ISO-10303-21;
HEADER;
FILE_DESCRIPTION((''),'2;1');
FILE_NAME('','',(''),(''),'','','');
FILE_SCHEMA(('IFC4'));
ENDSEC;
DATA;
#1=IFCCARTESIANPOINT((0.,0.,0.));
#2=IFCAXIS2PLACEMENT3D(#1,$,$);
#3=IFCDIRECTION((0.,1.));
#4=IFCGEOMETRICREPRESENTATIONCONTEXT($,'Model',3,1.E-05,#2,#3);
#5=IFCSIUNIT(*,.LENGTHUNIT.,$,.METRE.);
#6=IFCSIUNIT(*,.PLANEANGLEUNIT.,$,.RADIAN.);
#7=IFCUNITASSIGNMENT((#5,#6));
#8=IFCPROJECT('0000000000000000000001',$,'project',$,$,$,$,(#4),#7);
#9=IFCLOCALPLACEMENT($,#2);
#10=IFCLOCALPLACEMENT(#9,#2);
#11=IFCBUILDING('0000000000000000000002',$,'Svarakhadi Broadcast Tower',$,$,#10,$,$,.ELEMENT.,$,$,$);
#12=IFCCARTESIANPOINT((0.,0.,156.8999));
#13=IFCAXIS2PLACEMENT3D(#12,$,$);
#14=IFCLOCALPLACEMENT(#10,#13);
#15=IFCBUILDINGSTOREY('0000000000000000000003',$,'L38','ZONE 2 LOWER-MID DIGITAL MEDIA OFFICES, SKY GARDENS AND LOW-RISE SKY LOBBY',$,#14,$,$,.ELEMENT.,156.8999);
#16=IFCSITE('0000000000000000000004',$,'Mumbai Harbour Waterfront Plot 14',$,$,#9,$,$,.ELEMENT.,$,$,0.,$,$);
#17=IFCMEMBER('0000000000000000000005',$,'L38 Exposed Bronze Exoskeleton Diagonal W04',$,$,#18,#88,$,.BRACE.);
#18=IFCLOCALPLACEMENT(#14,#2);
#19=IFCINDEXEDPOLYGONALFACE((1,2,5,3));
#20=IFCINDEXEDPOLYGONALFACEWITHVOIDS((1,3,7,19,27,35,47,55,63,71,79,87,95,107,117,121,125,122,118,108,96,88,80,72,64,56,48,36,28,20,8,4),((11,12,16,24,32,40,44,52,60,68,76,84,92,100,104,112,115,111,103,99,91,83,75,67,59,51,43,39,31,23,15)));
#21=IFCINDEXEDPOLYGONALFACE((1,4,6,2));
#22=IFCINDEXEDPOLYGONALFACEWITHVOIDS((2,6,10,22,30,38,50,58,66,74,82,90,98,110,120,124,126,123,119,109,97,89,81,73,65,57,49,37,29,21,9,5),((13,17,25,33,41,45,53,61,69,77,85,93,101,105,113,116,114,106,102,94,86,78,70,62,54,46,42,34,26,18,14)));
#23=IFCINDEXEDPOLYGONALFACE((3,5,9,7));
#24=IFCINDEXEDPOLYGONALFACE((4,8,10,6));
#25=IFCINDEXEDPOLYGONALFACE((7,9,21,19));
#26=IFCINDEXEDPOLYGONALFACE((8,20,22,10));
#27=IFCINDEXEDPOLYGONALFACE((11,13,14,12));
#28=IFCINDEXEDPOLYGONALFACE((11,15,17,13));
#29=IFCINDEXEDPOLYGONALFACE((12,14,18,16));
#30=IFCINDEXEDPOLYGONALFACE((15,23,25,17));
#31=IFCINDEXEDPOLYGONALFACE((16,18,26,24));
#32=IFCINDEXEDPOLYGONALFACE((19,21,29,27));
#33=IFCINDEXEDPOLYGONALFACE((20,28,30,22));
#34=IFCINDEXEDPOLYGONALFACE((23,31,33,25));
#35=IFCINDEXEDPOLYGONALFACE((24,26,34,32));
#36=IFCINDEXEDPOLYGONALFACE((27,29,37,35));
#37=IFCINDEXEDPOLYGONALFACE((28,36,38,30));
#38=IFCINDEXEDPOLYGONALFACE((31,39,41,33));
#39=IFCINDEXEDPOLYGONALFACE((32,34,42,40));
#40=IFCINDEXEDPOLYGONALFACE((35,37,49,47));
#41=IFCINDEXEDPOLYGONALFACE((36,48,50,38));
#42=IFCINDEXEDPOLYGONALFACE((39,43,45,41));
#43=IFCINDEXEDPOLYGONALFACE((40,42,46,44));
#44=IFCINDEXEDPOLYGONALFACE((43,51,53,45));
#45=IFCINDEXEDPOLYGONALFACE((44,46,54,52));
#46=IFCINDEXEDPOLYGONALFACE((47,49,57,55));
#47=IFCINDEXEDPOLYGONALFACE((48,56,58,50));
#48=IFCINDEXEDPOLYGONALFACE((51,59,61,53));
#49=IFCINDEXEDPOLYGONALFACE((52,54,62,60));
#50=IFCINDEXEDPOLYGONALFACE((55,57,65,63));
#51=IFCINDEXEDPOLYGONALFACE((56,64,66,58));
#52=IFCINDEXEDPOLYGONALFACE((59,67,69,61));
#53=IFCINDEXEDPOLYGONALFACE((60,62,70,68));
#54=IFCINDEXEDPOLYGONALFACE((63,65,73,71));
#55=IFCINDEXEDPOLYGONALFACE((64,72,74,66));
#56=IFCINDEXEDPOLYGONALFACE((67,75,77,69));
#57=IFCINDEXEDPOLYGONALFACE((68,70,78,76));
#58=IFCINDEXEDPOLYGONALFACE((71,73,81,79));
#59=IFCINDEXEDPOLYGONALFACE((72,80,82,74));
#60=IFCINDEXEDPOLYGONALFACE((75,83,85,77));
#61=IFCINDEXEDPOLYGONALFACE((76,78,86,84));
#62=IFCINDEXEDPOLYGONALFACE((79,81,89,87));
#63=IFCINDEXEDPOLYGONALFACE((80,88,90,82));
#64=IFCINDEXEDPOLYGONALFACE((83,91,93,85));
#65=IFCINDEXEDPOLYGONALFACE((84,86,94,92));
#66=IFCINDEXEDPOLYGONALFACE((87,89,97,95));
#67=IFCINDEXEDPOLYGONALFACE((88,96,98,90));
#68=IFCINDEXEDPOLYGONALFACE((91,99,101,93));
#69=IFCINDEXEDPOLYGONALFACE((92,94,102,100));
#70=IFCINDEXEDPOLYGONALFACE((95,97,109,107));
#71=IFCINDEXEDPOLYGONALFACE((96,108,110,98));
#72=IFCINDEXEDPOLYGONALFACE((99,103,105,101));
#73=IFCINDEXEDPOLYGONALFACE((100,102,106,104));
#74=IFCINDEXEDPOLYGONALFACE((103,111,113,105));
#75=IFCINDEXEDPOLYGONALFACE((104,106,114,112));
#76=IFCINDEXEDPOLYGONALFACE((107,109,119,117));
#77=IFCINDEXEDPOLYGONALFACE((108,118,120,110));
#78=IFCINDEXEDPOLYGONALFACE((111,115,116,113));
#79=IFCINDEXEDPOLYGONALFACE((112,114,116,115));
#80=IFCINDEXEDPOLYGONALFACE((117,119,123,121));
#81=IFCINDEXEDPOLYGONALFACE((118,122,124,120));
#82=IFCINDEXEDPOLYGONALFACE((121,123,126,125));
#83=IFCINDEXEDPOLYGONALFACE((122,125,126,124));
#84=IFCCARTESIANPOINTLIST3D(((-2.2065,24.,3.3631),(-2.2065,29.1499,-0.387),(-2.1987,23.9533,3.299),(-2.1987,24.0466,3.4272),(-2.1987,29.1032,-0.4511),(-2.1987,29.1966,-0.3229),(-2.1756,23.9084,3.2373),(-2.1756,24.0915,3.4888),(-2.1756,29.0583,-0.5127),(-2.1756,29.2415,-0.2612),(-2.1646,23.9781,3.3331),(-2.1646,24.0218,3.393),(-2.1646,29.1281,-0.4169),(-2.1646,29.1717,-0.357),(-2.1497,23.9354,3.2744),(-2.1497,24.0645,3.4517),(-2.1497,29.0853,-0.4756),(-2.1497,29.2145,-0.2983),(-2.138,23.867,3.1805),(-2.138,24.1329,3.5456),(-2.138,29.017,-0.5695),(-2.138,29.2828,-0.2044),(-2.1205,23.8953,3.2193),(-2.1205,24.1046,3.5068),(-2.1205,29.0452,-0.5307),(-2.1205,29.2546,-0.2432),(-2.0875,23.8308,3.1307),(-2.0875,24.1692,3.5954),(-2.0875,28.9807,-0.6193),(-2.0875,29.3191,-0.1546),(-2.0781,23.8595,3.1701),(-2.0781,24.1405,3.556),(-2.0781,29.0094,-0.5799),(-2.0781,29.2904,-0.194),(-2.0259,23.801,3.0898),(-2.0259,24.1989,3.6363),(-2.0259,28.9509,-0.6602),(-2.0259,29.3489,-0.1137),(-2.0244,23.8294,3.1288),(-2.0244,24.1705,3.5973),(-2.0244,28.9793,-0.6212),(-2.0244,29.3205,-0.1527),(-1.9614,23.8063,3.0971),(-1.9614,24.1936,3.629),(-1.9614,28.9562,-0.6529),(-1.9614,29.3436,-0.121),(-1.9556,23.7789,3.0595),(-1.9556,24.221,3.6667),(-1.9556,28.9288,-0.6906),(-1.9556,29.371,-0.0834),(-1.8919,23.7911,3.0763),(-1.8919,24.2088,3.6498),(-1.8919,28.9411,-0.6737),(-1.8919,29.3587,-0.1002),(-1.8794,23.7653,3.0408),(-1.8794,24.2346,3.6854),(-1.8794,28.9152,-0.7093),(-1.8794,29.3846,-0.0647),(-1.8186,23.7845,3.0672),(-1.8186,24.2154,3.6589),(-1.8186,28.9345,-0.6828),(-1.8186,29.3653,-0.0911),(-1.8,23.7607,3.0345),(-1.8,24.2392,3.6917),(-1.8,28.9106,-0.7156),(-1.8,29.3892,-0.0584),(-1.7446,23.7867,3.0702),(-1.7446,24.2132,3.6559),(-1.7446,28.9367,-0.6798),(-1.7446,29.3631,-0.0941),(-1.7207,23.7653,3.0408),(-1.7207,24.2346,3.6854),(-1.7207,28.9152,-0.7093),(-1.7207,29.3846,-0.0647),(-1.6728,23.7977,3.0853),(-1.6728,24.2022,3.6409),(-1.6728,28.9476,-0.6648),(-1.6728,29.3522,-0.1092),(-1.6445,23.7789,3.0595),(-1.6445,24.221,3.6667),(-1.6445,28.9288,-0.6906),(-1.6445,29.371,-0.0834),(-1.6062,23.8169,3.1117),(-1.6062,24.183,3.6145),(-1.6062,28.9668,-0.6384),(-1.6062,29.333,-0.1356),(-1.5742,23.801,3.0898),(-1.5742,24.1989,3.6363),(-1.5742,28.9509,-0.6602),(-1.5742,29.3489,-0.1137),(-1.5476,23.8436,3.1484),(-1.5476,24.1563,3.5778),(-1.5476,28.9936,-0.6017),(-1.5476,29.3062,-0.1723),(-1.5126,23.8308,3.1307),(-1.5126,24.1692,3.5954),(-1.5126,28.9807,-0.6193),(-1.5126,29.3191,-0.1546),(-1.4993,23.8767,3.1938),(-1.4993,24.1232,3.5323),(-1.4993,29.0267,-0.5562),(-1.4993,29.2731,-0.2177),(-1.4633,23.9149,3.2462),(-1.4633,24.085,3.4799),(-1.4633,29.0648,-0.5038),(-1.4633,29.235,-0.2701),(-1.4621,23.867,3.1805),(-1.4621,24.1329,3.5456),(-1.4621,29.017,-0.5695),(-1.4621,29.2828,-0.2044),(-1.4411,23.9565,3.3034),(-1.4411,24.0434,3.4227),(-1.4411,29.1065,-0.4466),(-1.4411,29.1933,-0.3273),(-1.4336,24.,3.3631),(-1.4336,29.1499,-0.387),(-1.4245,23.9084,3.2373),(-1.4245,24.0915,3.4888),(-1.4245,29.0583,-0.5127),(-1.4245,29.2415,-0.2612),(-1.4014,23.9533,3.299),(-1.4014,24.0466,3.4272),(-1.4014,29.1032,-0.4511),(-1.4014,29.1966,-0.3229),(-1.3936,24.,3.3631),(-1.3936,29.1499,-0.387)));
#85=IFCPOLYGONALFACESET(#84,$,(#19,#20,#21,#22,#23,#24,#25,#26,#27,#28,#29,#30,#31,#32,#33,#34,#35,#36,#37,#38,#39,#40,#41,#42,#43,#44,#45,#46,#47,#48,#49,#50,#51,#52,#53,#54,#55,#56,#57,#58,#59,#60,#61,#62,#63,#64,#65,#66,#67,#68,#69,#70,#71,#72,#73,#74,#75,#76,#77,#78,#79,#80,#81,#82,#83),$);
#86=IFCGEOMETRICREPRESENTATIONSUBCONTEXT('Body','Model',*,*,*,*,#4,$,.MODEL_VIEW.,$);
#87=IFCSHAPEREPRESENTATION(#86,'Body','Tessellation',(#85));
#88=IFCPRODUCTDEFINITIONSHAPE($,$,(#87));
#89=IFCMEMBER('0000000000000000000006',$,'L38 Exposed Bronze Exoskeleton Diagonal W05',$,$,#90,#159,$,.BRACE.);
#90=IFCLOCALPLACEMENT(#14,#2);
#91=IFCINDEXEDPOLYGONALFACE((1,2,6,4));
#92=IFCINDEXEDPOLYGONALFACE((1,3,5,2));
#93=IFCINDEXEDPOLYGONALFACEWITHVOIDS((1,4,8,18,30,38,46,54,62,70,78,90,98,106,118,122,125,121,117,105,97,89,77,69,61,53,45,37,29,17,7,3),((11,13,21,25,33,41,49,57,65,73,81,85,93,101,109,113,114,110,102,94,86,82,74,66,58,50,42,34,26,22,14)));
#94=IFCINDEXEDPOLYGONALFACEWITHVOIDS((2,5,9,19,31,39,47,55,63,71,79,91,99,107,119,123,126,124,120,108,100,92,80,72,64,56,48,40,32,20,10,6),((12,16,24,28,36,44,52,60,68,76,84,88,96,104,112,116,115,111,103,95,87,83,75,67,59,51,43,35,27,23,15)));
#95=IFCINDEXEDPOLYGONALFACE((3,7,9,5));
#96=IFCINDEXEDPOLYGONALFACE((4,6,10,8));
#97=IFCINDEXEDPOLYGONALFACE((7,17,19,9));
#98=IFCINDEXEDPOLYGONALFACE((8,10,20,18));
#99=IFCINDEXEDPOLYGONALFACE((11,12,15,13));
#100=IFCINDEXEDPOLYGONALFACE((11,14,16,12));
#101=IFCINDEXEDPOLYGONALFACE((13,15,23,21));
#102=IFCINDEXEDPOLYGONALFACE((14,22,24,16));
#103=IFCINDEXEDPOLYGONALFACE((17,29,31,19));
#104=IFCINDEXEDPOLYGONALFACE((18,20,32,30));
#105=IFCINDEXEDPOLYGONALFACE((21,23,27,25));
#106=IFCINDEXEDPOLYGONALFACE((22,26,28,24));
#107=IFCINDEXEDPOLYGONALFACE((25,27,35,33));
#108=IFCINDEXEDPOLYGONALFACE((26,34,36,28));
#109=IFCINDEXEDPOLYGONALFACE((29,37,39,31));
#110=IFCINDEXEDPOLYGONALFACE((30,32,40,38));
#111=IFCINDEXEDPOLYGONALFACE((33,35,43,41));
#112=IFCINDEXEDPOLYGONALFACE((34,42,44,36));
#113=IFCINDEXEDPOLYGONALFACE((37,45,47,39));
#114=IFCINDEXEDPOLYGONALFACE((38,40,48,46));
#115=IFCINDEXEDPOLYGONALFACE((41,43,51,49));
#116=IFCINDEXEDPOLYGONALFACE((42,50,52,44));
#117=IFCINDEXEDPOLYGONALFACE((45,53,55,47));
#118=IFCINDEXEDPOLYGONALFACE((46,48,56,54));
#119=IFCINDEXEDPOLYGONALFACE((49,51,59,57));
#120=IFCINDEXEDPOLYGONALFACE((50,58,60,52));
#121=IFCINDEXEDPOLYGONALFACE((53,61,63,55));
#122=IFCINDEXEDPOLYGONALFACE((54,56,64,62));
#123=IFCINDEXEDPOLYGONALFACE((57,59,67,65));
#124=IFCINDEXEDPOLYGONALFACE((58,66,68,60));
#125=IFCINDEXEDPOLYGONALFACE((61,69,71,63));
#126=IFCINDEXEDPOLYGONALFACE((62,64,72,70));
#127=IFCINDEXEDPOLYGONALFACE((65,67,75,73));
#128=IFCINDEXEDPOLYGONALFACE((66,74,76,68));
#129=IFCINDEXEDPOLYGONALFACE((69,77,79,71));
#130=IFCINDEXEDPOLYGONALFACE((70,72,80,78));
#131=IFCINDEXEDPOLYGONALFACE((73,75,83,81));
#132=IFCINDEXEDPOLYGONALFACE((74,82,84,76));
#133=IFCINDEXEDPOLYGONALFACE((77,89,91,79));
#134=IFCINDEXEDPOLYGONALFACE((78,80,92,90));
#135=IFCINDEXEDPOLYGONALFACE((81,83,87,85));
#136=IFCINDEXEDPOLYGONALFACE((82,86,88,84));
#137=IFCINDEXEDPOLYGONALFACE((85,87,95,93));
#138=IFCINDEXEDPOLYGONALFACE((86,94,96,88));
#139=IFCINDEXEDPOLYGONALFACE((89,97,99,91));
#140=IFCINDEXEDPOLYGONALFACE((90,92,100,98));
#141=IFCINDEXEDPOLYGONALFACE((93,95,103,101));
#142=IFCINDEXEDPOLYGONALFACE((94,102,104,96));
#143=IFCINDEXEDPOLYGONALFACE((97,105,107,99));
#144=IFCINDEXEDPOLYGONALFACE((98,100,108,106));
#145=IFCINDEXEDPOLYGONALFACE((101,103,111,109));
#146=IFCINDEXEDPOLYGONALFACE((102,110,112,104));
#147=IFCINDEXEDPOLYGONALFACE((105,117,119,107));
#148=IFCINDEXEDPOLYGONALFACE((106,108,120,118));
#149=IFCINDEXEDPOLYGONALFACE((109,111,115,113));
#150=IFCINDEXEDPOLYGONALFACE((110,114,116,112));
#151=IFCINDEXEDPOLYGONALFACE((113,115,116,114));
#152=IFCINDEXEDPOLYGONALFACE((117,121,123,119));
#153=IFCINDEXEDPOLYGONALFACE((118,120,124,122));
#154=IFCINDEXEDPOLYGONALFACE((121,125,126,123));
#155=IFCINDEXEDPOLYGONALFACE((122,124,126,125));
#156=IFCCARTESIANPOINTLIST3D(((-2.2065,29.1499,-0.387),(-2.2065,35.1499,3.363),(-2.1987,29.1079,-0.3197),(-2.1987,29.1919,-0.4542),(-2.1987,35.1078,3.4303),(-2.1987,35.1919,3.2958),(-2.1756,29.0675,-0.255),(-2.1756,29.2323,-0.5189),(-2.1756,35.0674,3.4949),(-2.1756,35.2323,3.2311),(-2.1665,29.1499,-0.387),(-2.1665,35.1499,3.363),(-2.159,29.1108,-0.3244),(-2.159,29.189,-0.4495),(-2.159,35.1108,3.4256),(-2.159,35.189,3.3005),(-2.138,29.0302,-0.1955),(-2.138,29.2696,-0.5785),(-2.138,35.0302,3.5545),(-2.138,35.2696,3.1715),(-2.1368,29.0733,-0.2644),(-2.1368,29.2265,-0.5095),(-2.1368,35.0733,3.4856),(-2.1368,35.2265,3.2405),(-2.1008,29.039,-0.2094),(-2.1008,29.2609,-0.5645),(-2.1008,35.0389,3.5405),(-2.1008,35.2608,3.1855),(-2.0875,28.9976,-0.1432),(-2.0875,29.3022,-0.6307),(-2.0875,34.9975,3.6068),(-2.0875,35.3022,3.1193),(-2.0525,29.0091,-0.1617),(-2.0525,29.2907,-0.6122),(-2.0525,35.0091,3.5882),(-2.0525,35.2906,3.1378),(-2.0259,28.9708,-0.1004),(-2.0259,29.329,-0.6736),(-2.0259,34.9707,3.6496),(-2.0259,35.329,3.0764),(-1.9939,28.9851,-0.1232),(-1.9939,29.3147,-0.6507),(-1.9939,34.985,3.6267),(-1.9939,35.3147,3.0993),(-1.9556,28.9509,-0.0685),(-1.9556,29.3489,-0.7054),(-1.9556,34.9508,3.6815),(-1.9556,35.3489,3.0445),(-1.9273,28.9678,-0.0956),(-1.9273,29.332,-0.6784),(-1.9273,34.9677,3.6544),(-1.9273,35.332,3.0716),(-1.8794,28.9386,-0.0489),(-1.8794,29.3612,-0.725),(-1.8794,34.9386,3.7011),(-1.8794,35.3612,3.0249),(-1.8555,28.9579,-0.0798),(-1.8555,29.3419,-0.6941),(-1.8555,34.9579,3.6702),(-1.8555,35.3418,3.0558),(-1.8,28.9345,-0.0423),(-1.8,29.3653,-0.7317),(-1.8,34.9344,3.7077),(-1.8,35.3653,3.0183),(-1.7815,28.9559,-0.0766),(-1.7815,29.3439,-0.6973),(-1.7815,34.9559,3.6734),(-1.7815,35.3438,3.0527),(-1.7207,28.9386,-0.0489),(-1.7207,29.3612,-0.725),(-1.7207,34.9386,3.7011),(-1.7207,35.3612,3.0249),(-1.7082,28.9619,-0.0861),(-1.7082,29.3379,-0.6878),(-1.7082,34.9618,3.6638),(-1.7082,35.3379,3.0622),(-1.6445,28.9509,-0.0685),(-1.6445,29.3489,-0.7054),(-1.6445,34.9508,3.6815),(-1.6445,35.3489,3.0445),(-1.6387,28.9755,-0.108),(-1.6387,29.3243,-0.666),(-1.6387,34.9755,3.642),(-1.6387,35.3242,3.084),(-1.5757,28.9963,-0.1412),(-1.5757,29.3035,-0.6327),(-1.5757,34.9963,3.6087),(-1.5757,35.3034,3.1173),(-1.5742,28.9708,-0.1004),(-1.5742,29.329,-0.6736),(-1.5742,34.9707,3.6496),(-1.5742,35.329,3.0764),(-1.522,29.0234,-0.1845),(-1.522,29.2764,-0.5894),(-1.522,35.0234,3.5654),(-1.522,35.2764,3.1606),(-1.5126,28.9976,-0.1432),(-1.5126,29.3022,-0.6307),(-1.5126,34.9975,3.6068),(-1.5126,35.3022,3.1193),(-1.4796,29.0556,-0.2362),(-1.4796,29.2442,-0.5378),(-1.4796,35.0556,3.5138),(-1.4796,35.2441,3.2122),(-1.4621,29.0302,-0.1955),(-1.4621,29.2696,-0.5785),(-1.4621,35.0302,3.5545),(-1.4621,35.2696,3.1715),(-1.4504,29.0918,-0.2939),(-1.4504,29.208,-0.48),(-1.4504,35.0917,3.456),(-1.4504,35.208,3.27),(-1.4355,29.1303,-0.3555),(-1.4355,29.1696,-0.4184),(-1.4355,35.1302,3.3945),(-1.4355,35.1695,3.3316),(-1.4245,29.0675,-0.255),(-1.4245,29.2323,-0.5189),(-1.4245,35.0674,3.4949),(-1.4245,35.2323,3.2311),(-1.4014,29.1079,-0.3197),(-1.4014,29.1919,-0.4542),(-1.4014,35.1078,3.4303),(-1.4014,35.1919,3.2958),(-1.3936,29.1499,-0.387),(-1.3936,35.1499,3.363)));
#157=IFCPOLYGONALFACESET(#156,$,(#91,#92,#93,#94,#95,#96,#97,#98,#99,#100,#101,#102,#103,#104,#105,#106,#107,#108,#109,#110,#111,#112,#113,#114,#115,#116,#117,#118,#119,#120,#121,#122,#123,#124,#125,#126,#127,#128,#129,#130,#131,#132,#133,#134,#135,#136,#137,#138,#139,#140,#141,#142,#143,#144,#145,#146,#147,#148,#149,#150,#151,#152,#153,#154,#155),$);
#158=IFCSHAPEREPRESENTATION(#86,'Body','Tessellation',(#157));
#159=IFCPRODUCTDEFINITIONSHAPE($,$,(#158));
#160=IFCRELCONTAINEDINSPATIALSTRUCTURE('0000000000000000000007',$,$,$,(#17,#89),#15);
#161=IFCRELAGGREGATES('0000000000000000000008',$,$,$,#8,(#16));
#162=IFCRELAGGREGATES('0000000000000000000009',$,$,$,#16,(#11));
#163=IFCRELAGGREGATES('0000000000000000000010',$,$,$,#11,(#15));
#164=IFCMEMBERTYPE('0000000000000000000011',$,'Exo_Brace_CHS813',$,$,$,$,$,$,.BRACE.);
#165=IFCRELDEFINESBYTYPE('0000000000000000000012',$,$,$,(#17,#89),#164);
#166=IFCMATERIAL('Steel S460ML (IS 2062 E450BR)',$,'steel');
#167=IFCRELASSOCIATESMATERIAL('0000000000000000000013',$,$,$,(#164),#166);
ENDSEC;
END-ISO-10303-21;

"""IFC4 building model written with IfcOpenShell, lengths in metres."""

from ifc_helpers import new_model, si_unit, direction, frame, origin, origin_2d, place, context, subcontext, project, spatial, hollow_circle, extrude, material, material_profile, profile_set, type_object, element, save


model = new_model("IFC4")

# Units and contexts
model_context = context("Model", 3, precision=1e-05, world=origin(), true_north=direction((0.0, 1.0)))
body_context = subcontext(model_context, "Body", "Model", "MODEL_VIEW")
ifc_project = project(units=[si_unit("LENGTHUNIT", "METRE"), si_unit("PLANEANGLEUNIT", "RADIAN")], contexts=[model_context])

# Site, building, storey
site_placement = place(None, origin())
site = spatial("IfcSite", under=ifc_project, at=site_placement, Name="Mumbai Harbour Waterfront Plot 14", CompositionType="ELEMENT", RefElevation=0.0)
building_placement = place(site_placement, origin())
building = spatial("IfcBuilding", under=site, at=building_placement, Name="Svarakhadi Broadcast Tower", CompositionType="ELEMENT")
storey_placement = place(building_placement, frame((0.0, 0.0, 156.8999)))
storey = spatial("IfcBuildingStorey", under=building, at=storey_placement, Name="L38", Description="ZONE 2 LOWER-MID DIGITAL MEDIA OFFICES, SKY GARDENS AND LOW-RISE SKY LOBBY", CompositionType="ELEMENT", Elevation=156.8999)

# Shared definitions
ifc_material_1 = material(Name="Steel S460ML (IS 2062 E450BR)", Category="steel")

# Members
ifc_material_profile_1 = material_profile(ifc_material_1, hollow_circle(Radius=0.4065, WallThickness=0.04, at=origin_2d()), Name="CHS 813x40")
ifc_profile_set_1 = profile_set([ifc_material_profile_1], Name="Steel S460ML (IS 2062 E450BR)")
member_type_1 = type_object("IfcMemberType", Name="Exo_Brace_CHS813", PredefinedType="BRACE", material=ifc_profile_set_1)
member_1_placement = place(storey_placement, frame((-1.8, 29.1499, -0.387), z_axis=(0.0, -0.808391, 0.588646), x_axis=(1.0, 0.0, 0.0)))
element("IfcMember", 1, at=member_1_placement, inside=storey, type_object=member_type_1, Name="L38 Exposed Bronze Exoskeleton Diagonal W04", PredefinedType="BRACE", context=body_context, shape_type="SweptSolid", body=[
    extrude(hollow_circle(Radius=0.4065, WallThickness=0.04, at=origin_2d()), origin(), (0.0, 0.0, 1.0), 6.3706),
])
member_2_placement = place(storey_placement, frame((-1.8, 29.1499, -0.387), z_axis=(0.0, 0.847998, 0.529999), x_axis=(-1.0, 0.0, 0.0)))
element("IfcMember", 2, at=member_2_placement, inside=storey, type_object=member_type_1, Name="L38 Exposed Bronze Exoskeleton Diagonal W05", PredefinedType="BRACE", context=body_context, shape_type="SweptSolid", body=[
    extrude(hollow_circle(Radius=0.4065, WallThickness=0.04, at=origin_2d()), origin(), (0.0, 0.0, 1.0), 7.0754),
])

save(model, "model.ifc")
